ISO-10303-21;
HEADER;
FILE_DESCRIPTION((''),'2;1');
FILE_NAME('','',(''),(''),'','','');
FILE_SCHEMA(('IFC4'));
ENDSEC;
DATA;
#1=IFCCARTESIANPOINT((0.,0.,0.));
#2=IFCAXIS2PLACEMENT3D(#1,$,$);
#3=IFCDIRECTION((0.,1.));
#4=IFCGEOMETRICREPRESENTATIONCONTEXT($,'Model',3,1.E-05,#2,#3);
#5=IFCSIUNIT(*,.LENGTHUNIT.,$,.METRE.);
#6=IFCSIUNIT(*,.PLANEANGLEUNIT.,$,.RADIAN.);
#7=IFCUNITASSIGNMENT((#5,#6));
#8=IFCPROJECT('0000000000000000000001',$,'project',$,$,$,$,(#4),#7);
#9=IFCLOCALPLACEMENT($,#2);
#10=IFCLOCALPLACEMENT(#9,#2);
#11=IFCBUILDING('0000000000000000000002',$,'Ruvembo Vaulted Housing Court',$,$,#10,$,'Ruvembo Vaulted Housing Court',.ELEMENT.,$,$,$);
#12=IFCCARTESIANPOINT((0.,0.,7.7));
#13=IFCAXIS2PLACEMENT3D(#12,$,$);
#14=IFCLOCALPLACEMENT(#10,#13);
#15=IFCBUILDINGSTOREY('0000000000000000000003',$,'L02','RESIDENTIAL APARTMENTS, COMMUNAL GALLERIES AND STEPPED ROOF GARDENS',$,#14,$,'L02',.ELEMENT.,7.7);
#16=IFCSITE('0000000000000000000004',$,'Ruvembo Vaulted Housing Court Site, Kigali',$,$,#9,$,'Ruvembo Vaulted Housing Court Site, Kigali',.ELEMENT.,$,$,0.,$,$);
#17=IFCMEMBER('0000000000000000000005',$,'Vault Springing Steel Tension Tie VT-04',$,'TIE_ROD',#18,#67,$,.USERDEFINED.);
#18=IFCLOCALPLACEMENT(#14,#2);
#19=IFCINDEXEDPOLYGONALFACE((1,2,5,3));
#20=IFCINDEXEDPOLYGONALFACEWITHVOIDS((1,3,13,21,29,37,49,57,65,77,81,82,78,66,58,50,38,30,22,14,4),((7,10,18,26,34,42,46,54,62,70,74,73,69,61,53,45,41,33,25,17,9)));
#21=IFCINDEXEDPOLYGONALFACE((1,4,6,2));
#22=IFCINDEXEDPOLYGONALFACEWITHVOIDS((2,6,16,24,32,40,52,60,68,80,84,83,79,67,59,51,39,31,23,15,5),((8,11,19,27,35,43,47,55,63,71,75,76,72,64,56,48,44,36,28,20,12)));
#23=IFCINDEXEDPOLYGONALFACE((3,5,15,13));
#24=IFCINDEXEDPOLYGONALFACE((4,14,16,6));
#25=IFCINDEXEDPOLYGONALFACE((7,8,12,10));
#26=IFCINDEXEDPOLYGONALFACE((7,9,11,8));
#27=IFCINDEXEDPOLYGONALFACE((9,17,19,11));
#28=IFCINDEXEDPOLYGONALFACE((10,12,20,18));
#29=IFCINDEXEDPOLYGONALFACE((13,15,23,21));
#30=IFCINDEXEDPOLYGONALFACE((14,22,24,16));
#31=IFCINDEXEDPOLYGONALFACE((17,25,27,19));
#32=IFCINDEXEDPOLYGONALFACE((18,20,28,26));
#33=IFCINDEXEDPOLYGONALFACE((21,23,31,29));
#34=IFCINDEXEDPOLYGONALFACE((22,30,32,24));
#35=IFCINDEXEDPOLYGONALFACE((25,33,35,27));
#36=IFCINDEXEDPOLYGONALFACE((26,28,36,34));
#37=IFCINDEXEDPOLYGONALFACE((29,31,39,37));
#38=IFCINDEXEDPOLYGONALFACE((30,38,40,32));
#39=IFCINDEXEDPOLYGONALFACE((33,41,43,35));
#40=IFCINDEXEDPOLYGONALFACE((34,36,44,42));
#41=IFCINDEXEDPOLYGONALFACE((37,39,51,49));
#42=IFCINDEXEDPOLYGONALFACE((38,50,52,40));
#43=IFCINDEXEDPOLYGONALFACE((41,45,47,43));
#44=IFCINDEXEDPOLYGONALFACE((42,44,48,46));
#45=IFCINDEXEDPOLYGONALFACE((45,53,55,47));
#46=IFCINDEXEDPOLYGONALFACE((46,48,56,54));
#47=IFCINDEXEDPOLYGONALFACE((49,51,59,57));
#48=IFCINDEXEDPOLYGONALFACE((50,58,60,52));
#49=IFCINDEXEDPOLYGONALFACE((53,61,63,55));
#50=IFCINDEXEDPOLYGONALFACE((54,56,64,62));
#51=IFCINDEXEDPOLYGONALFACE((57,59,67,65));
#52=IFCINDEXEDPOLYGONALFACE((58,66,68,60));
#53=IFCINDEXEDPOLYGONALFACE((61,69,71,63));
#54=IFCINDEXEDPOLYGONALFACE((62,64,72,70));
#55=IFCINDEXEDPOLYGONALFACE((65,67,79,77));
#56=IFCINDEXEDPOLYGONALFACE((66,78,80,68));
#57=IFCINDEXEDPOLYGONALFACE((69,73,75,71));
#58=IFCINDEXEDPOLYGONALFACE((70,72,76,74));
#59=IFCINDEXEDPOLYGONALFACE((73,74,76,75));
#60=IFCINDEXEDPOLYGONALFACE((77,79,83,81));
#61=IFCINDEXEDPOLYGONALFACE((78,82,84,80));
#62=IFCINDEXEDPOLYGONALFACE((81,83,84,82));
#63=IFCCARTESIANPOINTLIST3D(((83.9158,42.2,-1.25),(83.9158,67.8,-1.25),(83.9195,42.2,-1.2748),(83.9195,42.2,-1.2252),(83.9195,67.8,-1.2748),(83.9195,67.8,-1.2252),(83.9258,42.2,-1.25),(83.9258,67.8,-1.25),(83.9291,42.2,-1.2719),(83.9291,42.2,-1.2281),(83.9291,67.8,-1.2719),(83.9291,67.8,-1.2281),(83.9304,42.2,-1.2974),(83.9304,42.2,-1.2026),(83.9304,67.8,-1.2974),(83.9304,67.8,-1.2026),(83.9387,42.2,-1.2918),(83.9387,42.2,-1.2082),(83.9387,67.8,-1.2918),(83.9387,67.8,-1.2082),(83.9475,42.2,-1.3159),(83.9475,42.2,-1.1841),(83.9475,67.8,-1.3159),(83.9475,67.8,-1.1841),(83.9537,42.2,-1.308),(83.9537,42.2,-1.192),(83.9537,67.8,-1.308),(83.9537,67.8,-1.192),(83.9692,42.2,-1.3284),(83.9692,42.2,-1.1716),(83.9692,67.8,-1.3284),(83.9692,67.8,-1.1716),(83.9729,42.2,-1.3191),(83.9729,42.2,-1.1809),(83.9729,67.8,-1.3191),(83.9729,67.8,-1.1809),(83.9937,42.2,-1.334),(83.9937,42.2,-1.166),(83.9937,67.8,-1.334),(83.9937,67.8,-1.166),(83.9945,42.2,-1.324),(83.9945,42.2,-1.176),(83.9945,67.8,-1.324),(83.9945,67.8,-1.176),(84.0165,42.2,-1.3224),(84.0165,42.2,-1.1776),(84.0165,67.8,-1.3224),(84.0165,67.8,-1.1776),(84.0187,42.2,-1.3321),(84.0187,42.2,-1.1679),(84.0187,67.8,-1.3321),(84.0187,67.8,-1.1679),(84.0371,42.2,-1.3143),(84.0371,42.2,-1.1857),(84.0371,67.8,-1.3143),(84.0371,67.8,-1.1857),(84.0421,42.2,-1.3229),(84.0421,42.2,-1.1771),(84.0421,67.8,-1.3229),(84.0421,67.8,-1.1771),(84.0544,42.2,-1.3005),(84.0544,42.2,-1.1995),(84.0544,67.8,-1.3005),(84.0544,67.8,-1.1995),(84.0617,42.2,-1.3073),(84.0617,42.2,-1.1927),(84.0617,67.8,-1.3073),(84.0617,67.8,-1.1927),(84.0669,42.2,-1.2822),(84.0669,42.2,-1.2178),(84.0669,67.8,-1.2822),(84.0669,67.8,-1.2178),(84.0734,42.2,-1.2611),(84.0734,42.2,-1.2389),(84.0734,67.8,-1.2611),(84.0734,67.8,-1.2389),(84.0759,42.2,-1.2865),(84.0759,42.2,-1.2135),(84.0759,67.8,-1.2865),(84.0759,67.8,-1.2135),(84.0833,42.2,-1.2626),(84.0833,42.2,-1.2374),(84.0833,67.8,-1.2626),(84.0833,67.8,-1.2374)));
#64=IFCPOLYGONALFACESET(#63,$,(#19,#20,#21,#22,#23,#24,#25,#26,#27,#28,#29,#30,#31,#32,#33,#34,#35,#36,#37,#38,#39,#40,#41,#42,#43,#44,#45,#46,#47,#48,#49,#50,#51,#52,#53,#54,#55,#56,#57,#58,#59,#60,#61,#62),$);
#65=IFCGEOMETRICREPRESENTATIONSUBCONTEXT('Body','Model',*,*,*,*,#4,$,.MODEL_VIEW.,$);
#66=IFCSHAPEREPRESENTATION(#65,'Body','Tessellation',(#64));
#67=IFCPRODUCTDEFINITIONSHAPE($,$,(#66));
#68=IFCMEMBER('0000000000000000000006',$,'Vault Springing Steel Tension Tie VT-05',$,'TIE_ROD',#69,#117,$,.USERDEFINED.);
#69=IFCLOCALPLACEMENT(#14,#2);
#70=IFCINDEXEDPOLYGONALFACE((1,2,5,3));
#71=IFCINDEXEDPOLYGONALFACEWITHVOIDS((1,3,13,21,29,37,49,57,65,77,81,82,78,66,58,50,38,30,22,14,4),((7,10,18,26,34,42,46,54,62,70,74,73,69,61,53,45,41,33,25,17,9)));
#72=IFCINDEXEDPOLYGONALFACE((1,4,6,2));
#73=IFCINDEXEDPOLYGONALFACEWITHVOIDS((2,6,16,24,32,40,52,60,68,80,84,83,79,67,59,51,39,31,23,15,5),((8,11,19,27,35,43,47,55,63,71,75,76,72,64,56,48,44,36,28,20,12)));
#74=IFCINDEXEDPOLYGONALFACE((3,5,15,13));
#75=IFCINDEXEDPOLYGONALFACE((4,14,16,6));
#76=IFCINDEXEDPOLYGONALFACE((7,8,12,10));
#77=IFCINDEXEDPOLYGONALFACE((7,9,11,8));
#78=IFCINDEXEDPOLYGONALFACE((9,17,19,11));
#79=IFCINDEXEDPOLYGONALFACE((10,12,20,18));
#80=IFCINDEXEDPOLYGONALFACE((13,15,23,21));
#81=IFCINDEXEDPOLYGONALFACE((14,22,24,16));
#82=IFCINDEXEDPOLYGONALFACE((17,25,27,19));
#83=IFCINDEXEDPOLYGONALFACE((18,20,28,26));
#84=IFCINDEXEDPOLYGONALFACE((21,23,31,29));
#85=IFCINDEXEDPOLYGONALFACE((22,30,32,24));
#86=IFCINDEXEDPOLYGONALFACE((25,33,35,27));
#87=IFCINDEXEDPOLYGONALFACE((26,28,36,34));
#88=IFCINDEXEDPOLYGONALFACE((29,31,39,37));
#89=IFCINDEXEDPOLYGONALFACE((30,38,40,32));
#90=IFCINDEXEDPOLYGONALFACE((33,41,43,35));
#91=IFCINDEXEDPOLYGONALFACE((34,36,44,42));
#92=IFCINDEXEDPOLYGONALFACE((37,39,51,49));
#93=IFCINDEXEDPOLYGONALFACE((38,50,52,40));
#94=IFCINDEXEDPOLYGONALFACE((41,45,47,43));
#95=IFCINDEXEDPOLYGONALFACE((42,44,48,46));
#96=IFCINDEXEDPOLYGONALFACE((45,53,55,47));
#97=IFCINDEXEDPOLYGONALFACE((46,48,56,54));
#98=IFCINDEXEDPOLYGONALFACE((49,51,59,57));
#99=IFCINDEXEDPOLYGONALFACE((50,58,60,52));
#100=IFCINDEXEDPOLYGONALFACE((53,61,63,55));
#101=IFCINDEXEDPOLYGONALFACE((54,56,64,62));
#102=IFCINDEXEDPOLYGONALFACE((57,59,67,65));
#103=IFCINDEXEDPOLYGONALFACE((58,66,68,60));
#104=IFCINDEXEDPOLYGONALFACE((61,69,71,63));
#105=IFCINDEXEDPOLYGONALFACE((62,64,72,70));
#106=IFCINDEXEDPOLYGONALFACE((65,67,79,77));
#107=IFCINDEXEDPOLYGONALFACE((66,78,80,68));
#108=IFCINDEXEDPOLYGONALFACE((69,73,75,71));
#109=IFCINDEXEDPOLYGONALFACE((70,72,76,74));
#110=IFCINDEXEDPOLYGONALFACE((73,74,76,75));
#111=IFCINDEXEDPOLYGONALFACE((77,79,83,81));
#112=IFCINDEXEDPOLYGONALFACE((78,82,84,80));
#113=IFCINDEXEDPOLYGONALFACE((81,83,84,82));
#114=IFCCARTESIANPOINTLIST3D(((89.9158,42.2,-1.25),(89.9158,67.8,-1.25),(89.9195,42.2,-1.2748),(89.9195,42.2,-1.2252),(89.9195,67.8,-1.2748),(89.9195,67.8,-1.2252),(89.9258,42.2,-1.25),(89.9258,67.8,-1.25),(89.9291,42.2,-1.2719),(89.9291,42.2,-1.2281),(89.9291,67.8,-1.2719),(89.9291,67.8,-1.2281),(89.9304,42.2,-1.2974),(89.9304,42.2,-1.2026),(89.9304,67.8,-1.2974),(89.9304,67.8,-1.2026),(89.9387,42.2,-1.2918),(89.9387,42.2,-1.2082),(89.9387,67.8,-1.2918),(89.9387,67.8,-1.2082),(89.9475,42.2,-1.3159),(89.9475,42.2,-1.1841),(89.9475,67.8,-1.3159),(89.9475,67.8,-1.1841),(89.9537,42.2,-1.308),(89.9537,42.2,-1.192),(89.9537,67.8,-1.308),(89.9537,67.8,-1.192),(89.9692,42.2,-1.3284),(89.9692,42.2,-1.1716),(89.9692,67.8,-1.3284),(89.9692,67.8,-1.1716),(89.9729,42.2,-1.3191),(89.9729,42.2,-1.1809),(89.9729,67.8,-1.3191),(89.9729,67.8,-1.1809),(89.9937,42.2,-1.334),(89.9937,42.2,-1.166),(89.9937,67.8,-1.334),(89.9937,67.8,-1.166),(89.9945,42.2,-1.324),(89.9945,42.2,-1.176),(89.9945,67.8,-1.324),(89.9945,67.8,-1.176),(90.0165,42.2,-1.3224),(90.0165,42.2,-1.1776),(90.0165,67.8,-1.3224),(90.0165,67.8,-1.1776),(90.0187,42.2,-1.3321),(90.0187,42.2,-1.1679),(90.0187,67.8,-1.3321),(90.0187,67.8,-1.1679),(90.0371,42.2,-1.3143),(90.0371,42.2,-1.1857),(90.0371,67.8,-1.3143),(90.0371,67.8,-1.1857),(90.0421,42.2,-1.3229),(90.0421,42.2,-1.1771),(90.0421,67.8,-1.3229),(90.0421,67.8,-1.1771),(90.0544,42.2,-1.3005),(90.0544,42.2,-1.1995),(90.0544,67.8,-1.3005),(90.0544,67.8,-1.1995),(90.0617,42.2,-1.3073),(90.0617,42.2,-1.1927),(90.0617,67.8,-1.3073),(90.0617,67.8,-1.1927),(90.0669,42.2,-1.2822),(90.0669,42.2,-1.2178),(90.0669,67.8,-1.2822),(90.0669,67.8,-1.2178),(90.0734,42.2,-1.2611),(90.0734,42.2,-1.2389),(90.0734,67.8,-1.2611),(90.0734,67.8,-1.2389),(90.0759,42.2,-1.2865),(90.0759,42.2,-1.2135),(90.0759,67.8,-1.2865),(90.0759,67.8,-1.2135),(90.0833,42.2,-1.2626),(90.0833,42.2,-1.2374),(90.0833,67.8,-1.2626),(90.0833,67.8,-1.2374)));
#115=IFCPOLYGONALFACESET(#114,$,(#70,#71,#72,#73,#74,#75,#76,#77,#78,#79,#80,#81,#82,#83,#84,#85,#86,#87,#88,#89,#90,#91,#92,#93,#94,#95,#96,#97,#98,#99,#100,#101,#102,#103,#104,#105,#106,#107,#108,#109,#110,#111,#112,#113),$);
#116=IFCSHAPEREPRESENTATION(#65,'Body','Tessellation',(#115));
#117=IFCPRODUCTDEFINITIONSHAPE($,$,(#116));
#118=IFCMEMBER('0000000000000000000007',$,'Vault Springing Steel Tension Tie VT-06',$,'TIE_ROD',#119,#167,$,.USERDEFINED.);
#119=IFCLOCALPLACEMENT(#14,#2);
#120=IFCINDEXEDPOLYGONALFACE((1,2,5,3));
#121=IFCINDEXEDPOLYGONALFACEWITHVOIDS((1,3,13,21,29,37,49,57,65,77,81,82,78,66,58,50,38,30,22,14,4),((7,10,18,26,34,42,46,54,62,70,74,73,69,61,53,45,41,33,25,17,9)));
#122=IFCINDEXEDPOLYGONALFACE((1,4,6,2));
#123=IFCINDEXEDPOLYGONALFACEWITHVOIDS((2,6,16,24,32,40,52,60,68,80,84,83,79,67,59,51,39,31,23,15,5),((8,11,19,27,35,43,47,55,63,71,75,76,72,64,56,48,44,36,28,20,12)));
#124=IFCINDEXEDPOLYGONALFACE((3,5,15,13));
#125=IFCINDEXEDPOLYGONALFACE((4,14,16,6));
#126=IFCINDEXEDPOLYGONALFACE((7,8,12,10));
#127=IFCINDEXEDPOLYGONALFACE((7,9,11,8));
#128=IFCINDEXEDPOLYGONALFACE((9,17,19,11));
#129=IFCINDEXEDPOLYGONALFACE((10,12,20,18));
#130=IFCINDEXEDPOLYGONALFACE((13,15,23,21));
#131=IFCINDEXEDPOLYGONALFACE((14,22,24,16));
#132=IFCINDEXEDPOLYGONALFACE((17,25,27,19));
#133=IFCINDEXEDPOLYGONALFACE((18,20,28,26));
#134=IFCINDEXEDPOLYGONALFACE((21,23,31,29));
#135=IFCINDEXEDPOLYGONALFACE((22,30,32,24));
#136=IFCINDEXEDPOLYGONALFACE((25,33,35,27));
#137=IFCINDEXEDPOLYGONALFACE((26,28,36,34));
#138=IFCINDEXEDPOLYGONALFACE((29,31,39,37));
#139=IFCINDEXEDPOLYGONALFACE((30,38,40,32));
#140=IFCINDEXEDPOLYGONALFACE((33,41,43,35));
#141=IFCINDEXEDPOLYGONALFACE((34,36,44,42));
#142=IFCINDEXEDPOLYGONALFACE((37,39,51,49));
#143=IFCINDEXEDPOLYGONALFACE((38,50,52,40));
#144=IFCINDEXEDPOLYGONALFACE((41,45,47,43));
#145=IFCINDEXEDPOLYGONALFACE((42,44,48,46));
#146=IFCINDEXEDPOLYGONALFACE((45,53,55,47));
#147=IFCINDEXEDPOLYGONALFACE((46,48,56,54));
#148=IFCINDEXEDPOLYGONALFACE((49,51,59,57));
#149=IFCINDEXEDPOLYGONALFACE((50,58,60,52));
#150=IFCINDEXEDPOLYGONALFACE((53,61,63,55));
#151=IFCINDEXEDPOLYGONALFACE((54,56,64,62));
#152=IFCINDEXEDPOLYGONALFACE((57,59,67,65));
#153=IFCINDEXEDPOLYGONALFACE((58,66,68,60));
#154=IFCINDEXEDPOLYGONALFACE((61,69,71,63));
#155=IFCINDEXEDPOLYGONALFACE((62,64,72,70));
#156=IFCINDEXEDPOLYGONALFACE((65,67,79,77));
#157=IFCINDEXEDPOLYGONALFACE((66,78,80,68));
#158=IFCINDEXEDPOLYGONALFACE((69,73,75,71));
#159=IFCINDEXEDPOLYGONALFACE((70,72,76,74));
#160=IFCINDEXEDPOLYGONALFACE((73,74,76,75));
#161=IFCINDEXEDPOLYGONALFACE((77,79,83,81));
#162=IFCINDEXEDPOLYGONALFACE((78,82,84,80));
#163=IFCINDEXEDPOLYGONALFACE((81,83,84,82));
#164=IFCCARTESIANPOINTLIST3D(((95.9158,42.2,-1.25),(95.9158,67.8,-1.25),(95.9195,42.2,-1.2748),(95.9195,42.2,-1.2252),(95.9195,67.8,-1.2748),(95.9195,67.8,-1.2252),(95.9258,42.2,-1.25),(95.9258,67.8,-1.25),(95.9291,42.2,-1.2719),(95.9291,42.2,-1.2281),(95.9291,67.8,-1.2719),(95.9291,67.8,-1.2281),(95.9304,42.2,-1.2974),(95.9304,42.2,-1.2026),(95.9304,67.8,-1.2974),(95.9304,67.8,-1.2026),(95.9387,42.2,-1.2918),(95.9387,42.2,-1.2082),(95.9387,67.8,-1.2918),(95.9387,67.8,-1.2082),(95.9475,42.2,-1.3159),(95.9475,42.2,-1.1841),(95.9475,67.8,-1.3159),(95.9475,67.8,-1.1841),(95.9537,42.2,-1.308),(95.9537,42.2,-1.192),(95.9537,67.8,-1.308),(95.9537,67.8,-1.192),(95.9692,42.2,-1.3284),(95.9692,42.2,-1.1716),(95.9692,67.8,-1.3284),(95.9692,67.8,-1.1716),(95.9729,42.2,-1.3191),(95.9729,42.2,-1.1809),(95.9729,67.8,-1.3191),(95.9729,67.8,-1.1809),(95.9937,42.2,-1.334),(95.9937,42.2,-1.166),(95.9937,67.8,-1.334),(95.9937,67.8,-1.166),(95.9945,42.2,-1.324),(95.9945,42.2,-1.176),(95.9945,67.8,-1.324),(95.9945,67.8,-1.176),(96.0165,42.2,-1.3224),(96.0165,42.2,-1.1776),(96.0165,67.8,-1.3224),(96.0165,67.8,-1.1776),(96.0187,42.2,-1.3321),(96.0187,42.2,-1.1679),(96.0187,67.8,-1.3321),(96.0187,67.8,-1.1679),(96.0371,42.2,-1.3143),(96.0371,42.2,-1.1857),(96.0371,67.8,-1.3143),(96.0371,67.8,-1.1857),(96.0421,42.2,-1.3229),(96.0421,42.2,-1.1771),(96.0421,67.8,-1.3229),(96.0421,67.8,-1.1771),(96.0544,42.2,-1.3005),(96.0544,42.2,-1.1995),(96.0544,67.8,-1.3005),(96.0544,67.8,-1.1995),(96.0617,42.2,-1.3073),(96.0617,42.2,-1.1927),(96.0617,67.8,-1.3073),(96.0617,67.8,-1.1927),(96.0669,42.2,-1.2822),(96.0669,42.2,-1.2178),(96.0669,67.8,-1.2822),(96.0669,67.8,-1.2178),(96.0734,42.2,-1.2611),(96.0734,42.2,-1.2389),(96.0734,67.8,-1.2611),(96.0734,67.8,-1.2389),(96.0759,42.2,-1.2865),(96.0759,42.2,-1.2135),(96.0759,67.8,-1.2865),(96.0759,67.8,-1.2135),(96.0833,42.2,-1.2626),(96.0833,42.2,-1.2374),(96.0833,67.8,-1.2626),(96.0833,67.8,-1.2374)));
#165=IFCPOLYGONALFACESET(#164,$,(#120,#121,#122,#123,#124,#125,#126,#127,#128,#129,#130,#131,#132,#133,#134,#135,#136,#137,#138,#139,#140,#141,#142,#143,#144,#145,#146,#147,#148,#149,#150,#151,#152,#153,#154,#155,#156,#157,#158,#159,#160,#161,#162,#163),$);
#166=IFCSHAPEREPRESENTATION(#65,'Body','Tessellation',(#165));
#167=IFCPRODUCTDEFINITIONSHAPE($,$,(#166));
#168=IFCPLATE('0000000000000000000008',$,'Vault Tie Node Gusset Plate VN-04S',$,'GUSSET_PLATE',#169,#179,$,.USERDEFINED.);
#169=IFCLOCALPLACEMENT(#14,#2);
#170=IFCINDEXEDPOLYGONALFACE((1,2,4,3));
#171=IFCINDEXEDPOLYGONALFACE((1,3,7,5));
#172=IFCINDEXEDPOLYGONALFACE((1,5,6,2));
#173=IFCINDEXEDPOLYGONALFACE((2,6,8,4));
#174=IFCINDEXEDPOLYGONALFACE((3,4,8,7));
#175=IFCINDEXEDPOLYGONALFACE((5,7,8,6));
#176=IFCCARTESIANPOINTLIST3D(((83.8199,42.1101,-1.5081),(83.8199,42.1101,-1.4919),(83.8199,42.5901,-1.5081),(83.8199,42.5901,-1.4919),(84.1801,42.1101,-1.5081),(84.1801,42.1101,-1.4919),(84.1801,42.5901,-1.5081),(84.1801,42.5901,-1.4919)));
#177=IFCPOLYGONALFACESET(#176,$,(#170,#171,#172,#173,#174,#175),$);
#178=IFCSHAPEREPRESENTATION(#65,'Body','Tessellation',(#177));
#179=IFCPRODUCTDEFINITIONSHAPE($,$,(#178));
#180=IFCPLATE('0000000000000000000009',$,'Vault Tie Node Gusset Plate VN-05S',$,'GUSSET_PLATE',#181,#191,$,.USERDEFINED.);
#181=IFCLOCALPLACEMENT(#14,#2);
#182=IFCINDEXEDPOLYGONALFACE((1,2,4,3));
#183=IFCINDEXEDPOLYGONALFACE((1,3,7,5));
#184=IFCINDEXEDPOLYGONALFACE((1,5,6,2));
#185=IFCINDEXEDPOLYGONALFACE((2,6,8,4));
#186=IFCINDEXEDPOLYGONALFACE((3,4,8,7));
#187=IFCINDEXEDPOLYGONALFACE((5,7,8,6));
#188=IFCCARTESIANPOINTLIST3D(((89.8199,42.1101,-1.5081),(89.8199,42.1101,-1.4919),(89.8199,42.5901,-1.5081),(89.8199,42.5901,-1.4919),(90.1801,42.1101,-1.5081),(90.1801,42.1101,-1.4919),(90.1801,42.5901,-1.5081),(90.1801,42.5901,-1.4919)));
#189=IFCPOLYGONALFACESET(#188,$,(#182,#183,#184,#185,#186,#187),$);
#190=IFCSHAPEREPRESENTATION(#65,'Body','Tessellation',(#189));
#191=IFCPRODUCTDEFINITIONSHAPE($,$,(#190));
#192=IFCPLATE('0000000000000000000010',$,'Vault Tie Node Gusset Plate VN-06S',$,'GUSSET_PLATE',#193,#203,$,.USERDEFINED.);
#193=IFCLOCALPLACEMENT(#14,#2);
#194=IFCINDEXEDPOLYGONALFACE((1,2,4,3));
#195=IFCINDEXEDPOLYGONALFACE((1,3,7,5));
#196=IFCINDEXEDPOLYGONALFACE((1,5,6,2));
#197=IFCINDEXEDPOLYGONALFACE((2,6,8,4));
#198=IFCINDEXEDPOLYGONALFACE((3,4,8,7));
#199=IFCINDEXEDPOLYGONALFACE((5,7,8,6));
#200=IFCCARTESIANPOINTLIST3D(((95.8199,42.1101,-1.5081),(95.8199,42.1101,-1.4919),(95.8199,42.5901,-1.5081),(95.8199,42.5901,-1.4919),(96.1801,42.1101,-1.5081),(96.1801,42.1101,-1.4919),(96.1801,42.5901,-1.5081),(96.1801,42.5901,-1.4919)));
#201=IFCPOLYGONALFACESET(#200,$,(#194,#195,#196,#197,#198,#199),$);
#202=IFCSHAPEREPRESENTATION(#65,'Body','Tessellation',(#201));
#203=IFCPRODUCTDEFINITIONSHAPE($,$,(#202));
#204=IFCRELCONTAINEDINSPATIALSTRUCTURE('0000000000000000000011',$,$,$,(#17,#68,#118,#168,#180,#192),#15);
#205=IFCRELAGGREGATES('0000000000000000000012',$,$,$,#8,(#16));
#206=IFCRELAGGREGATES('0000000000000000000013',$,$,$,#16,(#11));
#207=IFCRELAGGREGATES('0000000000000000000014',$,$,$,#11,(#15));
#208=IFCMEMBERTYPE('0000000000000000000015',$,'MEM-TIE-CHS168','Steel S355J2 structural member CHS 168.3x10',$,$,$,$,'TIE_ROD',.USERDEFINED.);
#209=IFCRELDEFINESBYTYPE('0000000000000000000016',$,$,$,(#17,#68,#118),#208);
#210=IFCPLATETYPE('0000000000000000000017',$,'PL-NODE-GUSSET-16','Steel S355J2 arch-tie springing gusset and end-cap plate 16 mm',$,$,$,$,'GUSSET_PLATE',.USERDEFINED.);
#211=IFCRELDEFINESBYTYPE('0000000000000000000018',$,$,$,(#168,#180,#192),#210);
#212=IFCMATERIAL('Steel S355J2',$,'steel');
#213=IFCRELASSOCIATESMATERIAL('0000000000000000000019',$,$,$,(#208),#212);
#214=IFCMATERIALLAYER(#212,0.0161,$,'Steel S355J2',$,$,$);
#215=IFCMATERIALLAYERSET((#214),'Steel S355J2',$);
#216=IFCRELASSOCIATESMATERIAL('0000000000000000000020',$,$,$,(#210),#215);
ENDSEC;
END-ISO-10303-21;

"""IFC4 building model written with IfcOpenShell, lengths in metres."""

from ifc_helpers import new_model, si_unit, direction, frame, origin, origin_2d, place, context, subcontext, project, spatial, rectangle, hollow_circle, extrude, material, layer, layer_set, material_profile, profile_set, type_object, element, save


model = new_model("IFC4")

# Units and contexts
model_context = context("Model", 3, precision=1e-05, world=origin(), true_north=direction((0.0, 1.0)))
body_context = subcontext(model_context, "Body", "Model", "MODEL_VIEW")
ifc_project = project(units=[si_unit("LENGTHUNIT", "METRE"), si_unit("PLANEANGLEUNIT", "RADIAN")], contexts=[model_context])

# Site, building, storey
site_placement = place(None, origin())
site = spatial("IfcSite", under=ifc_project, at=site_placement, Name="Ruvembo Vaulted Housing Court Site, Kigali", LongName="Ruvembo Vaulted Housing Court Site, Kigali", CompositionType="ELEMENT", RefElevation=0.0)
building_placement = place(site_placement, origin())
building = spatial("IfcBuilding", under=site, at=building_placement, Name="Ruvembo Vaulted Housing Court", LongName="Ruvembo Vaulted Housing Court", CompositionType="ELEMENT")
storey_placement = place(building_placement, frame((0.0, 0.0, 7.7)))
storey = spatial("IfcBuildingStorey", under=building, at=storey_placement, Name="L02", Description="RESIDENTIAL APARTMENTS, COMMUNAL GALLERIES AND STEPPED ROOF GARDENS", LongName="L02", CompositionType="ELEMENT", Elevation=7.7)

# Shared definitions
ifc_material_1 = material(Name="Steel S355J2", Category="steel")

# Members
ifc_material_profile_1 = material_profile(ifc_material_1, hollow_circle(Radius=0.0842, WallThickness=0.01, at=origin_2d()), Name="CHS 168.3x10")
ifc_profile_set_1 = profile_set([ifc_material_profile_1], Name="Steel S355J2")
member_type = type_object("IfcMemberType", Name="MEM-TIE-CHS168", Description="Steel S355J2 structural member CHS 168.3x10", ElementType="TIE_ROD", PredefinedType="USERDEFINED", material=ifc_profile_set_1)
for number, where, z_axis, x_axis, name in (
    (1, (84.0, 42.2, -1.25), (0.0, 1.0, 0.0), (-1.0, 0.0, 0.0), "Vault Springing Steel Tension Tie VT-04"),
    (2, (90.0, 42.2, -1.25), (0.0, 1.0, 0.0), (-1.0, 0.0, 0.0), "Vault Springing Steel Tension Tie VT-05"),
    (3, (96.0, 42.2, -1.25), (0.0, 1.0, 0.0), (-1.0, 0.0, 0.0), "Vault Springing Steel Tension Tie VT-06"),
):
    element("IfcMember", number, at=place(storey_placement, frame(where, z_axis=z_axis, x_axis=x_axis)), inside=storey, type_object=member_type, Name=name, ObjectType="TIE_ROD", PredefinedType="USERDEFINED", context=body_context, shape_type="SweptSolid", body=[
        extrude(hollow_circle(Radius=0.0842, WallThickness=0.01, at=origin_2d()), origin(), (0.0, 0.0, 1.0), 25.6001),
    ])

# Plates
ifc_layer_1 = layer(ifc_material_1, 0.0161, Name="Steel S355J2")
ifc_layer_set_1 = layer_set([ifc_layer_1], Name="Steel S355J2")
plate_type_1 = type_object("IfcPlateType", Name="PL-NODE-GUSSET-16", Description="Steel S355J2 arch-tie springing gusset and end-cap plate 16 mm", ElementType="GUSSET_PLATE", PredefinedType="USERDEFINED", material=ifc_layer_set_1)
for number, where, z_axis, x_axis, name in (
    (4, (84.0, 42.3501, -1.5081), (0.0, 0.0, 1.0), (0.0, 1.0, 0.0), "Vault Tie Node Gusset Plate VN-04S"),
    (5, (90.0, 42.3501, -1.5081), (0.0, 0.0, 1.0), (0.0, 1.0, 0.0), "Vault Tie Node Gusset Plate VN-05S"),
    (6, (96.0, 42.3501, -1.5081), (0.0, 0.0, 1.0), (0.0, 1.0, 0.0), "Vault Tie Node Gusset Plate VN-06S"),
):
    element("IfcPlate", number, at=place(storey_placement, frame(where, z_axis=z_axis, x_axis=x_axis)), inside=storey, type_object=plate_type_1, Name=name, ObjectType="GUSSET_PLATE", PredefinedType="USERDEFINED", context=body_context, shape_type="SweptSolid", body=[
        extrude(rectangle(XDim=0.48, YDim=0.3601, at=origin_2d()), origin(), (0.0, 0.0, 1.0), 0.0161),
    ])

save(model, "model.ifc")
